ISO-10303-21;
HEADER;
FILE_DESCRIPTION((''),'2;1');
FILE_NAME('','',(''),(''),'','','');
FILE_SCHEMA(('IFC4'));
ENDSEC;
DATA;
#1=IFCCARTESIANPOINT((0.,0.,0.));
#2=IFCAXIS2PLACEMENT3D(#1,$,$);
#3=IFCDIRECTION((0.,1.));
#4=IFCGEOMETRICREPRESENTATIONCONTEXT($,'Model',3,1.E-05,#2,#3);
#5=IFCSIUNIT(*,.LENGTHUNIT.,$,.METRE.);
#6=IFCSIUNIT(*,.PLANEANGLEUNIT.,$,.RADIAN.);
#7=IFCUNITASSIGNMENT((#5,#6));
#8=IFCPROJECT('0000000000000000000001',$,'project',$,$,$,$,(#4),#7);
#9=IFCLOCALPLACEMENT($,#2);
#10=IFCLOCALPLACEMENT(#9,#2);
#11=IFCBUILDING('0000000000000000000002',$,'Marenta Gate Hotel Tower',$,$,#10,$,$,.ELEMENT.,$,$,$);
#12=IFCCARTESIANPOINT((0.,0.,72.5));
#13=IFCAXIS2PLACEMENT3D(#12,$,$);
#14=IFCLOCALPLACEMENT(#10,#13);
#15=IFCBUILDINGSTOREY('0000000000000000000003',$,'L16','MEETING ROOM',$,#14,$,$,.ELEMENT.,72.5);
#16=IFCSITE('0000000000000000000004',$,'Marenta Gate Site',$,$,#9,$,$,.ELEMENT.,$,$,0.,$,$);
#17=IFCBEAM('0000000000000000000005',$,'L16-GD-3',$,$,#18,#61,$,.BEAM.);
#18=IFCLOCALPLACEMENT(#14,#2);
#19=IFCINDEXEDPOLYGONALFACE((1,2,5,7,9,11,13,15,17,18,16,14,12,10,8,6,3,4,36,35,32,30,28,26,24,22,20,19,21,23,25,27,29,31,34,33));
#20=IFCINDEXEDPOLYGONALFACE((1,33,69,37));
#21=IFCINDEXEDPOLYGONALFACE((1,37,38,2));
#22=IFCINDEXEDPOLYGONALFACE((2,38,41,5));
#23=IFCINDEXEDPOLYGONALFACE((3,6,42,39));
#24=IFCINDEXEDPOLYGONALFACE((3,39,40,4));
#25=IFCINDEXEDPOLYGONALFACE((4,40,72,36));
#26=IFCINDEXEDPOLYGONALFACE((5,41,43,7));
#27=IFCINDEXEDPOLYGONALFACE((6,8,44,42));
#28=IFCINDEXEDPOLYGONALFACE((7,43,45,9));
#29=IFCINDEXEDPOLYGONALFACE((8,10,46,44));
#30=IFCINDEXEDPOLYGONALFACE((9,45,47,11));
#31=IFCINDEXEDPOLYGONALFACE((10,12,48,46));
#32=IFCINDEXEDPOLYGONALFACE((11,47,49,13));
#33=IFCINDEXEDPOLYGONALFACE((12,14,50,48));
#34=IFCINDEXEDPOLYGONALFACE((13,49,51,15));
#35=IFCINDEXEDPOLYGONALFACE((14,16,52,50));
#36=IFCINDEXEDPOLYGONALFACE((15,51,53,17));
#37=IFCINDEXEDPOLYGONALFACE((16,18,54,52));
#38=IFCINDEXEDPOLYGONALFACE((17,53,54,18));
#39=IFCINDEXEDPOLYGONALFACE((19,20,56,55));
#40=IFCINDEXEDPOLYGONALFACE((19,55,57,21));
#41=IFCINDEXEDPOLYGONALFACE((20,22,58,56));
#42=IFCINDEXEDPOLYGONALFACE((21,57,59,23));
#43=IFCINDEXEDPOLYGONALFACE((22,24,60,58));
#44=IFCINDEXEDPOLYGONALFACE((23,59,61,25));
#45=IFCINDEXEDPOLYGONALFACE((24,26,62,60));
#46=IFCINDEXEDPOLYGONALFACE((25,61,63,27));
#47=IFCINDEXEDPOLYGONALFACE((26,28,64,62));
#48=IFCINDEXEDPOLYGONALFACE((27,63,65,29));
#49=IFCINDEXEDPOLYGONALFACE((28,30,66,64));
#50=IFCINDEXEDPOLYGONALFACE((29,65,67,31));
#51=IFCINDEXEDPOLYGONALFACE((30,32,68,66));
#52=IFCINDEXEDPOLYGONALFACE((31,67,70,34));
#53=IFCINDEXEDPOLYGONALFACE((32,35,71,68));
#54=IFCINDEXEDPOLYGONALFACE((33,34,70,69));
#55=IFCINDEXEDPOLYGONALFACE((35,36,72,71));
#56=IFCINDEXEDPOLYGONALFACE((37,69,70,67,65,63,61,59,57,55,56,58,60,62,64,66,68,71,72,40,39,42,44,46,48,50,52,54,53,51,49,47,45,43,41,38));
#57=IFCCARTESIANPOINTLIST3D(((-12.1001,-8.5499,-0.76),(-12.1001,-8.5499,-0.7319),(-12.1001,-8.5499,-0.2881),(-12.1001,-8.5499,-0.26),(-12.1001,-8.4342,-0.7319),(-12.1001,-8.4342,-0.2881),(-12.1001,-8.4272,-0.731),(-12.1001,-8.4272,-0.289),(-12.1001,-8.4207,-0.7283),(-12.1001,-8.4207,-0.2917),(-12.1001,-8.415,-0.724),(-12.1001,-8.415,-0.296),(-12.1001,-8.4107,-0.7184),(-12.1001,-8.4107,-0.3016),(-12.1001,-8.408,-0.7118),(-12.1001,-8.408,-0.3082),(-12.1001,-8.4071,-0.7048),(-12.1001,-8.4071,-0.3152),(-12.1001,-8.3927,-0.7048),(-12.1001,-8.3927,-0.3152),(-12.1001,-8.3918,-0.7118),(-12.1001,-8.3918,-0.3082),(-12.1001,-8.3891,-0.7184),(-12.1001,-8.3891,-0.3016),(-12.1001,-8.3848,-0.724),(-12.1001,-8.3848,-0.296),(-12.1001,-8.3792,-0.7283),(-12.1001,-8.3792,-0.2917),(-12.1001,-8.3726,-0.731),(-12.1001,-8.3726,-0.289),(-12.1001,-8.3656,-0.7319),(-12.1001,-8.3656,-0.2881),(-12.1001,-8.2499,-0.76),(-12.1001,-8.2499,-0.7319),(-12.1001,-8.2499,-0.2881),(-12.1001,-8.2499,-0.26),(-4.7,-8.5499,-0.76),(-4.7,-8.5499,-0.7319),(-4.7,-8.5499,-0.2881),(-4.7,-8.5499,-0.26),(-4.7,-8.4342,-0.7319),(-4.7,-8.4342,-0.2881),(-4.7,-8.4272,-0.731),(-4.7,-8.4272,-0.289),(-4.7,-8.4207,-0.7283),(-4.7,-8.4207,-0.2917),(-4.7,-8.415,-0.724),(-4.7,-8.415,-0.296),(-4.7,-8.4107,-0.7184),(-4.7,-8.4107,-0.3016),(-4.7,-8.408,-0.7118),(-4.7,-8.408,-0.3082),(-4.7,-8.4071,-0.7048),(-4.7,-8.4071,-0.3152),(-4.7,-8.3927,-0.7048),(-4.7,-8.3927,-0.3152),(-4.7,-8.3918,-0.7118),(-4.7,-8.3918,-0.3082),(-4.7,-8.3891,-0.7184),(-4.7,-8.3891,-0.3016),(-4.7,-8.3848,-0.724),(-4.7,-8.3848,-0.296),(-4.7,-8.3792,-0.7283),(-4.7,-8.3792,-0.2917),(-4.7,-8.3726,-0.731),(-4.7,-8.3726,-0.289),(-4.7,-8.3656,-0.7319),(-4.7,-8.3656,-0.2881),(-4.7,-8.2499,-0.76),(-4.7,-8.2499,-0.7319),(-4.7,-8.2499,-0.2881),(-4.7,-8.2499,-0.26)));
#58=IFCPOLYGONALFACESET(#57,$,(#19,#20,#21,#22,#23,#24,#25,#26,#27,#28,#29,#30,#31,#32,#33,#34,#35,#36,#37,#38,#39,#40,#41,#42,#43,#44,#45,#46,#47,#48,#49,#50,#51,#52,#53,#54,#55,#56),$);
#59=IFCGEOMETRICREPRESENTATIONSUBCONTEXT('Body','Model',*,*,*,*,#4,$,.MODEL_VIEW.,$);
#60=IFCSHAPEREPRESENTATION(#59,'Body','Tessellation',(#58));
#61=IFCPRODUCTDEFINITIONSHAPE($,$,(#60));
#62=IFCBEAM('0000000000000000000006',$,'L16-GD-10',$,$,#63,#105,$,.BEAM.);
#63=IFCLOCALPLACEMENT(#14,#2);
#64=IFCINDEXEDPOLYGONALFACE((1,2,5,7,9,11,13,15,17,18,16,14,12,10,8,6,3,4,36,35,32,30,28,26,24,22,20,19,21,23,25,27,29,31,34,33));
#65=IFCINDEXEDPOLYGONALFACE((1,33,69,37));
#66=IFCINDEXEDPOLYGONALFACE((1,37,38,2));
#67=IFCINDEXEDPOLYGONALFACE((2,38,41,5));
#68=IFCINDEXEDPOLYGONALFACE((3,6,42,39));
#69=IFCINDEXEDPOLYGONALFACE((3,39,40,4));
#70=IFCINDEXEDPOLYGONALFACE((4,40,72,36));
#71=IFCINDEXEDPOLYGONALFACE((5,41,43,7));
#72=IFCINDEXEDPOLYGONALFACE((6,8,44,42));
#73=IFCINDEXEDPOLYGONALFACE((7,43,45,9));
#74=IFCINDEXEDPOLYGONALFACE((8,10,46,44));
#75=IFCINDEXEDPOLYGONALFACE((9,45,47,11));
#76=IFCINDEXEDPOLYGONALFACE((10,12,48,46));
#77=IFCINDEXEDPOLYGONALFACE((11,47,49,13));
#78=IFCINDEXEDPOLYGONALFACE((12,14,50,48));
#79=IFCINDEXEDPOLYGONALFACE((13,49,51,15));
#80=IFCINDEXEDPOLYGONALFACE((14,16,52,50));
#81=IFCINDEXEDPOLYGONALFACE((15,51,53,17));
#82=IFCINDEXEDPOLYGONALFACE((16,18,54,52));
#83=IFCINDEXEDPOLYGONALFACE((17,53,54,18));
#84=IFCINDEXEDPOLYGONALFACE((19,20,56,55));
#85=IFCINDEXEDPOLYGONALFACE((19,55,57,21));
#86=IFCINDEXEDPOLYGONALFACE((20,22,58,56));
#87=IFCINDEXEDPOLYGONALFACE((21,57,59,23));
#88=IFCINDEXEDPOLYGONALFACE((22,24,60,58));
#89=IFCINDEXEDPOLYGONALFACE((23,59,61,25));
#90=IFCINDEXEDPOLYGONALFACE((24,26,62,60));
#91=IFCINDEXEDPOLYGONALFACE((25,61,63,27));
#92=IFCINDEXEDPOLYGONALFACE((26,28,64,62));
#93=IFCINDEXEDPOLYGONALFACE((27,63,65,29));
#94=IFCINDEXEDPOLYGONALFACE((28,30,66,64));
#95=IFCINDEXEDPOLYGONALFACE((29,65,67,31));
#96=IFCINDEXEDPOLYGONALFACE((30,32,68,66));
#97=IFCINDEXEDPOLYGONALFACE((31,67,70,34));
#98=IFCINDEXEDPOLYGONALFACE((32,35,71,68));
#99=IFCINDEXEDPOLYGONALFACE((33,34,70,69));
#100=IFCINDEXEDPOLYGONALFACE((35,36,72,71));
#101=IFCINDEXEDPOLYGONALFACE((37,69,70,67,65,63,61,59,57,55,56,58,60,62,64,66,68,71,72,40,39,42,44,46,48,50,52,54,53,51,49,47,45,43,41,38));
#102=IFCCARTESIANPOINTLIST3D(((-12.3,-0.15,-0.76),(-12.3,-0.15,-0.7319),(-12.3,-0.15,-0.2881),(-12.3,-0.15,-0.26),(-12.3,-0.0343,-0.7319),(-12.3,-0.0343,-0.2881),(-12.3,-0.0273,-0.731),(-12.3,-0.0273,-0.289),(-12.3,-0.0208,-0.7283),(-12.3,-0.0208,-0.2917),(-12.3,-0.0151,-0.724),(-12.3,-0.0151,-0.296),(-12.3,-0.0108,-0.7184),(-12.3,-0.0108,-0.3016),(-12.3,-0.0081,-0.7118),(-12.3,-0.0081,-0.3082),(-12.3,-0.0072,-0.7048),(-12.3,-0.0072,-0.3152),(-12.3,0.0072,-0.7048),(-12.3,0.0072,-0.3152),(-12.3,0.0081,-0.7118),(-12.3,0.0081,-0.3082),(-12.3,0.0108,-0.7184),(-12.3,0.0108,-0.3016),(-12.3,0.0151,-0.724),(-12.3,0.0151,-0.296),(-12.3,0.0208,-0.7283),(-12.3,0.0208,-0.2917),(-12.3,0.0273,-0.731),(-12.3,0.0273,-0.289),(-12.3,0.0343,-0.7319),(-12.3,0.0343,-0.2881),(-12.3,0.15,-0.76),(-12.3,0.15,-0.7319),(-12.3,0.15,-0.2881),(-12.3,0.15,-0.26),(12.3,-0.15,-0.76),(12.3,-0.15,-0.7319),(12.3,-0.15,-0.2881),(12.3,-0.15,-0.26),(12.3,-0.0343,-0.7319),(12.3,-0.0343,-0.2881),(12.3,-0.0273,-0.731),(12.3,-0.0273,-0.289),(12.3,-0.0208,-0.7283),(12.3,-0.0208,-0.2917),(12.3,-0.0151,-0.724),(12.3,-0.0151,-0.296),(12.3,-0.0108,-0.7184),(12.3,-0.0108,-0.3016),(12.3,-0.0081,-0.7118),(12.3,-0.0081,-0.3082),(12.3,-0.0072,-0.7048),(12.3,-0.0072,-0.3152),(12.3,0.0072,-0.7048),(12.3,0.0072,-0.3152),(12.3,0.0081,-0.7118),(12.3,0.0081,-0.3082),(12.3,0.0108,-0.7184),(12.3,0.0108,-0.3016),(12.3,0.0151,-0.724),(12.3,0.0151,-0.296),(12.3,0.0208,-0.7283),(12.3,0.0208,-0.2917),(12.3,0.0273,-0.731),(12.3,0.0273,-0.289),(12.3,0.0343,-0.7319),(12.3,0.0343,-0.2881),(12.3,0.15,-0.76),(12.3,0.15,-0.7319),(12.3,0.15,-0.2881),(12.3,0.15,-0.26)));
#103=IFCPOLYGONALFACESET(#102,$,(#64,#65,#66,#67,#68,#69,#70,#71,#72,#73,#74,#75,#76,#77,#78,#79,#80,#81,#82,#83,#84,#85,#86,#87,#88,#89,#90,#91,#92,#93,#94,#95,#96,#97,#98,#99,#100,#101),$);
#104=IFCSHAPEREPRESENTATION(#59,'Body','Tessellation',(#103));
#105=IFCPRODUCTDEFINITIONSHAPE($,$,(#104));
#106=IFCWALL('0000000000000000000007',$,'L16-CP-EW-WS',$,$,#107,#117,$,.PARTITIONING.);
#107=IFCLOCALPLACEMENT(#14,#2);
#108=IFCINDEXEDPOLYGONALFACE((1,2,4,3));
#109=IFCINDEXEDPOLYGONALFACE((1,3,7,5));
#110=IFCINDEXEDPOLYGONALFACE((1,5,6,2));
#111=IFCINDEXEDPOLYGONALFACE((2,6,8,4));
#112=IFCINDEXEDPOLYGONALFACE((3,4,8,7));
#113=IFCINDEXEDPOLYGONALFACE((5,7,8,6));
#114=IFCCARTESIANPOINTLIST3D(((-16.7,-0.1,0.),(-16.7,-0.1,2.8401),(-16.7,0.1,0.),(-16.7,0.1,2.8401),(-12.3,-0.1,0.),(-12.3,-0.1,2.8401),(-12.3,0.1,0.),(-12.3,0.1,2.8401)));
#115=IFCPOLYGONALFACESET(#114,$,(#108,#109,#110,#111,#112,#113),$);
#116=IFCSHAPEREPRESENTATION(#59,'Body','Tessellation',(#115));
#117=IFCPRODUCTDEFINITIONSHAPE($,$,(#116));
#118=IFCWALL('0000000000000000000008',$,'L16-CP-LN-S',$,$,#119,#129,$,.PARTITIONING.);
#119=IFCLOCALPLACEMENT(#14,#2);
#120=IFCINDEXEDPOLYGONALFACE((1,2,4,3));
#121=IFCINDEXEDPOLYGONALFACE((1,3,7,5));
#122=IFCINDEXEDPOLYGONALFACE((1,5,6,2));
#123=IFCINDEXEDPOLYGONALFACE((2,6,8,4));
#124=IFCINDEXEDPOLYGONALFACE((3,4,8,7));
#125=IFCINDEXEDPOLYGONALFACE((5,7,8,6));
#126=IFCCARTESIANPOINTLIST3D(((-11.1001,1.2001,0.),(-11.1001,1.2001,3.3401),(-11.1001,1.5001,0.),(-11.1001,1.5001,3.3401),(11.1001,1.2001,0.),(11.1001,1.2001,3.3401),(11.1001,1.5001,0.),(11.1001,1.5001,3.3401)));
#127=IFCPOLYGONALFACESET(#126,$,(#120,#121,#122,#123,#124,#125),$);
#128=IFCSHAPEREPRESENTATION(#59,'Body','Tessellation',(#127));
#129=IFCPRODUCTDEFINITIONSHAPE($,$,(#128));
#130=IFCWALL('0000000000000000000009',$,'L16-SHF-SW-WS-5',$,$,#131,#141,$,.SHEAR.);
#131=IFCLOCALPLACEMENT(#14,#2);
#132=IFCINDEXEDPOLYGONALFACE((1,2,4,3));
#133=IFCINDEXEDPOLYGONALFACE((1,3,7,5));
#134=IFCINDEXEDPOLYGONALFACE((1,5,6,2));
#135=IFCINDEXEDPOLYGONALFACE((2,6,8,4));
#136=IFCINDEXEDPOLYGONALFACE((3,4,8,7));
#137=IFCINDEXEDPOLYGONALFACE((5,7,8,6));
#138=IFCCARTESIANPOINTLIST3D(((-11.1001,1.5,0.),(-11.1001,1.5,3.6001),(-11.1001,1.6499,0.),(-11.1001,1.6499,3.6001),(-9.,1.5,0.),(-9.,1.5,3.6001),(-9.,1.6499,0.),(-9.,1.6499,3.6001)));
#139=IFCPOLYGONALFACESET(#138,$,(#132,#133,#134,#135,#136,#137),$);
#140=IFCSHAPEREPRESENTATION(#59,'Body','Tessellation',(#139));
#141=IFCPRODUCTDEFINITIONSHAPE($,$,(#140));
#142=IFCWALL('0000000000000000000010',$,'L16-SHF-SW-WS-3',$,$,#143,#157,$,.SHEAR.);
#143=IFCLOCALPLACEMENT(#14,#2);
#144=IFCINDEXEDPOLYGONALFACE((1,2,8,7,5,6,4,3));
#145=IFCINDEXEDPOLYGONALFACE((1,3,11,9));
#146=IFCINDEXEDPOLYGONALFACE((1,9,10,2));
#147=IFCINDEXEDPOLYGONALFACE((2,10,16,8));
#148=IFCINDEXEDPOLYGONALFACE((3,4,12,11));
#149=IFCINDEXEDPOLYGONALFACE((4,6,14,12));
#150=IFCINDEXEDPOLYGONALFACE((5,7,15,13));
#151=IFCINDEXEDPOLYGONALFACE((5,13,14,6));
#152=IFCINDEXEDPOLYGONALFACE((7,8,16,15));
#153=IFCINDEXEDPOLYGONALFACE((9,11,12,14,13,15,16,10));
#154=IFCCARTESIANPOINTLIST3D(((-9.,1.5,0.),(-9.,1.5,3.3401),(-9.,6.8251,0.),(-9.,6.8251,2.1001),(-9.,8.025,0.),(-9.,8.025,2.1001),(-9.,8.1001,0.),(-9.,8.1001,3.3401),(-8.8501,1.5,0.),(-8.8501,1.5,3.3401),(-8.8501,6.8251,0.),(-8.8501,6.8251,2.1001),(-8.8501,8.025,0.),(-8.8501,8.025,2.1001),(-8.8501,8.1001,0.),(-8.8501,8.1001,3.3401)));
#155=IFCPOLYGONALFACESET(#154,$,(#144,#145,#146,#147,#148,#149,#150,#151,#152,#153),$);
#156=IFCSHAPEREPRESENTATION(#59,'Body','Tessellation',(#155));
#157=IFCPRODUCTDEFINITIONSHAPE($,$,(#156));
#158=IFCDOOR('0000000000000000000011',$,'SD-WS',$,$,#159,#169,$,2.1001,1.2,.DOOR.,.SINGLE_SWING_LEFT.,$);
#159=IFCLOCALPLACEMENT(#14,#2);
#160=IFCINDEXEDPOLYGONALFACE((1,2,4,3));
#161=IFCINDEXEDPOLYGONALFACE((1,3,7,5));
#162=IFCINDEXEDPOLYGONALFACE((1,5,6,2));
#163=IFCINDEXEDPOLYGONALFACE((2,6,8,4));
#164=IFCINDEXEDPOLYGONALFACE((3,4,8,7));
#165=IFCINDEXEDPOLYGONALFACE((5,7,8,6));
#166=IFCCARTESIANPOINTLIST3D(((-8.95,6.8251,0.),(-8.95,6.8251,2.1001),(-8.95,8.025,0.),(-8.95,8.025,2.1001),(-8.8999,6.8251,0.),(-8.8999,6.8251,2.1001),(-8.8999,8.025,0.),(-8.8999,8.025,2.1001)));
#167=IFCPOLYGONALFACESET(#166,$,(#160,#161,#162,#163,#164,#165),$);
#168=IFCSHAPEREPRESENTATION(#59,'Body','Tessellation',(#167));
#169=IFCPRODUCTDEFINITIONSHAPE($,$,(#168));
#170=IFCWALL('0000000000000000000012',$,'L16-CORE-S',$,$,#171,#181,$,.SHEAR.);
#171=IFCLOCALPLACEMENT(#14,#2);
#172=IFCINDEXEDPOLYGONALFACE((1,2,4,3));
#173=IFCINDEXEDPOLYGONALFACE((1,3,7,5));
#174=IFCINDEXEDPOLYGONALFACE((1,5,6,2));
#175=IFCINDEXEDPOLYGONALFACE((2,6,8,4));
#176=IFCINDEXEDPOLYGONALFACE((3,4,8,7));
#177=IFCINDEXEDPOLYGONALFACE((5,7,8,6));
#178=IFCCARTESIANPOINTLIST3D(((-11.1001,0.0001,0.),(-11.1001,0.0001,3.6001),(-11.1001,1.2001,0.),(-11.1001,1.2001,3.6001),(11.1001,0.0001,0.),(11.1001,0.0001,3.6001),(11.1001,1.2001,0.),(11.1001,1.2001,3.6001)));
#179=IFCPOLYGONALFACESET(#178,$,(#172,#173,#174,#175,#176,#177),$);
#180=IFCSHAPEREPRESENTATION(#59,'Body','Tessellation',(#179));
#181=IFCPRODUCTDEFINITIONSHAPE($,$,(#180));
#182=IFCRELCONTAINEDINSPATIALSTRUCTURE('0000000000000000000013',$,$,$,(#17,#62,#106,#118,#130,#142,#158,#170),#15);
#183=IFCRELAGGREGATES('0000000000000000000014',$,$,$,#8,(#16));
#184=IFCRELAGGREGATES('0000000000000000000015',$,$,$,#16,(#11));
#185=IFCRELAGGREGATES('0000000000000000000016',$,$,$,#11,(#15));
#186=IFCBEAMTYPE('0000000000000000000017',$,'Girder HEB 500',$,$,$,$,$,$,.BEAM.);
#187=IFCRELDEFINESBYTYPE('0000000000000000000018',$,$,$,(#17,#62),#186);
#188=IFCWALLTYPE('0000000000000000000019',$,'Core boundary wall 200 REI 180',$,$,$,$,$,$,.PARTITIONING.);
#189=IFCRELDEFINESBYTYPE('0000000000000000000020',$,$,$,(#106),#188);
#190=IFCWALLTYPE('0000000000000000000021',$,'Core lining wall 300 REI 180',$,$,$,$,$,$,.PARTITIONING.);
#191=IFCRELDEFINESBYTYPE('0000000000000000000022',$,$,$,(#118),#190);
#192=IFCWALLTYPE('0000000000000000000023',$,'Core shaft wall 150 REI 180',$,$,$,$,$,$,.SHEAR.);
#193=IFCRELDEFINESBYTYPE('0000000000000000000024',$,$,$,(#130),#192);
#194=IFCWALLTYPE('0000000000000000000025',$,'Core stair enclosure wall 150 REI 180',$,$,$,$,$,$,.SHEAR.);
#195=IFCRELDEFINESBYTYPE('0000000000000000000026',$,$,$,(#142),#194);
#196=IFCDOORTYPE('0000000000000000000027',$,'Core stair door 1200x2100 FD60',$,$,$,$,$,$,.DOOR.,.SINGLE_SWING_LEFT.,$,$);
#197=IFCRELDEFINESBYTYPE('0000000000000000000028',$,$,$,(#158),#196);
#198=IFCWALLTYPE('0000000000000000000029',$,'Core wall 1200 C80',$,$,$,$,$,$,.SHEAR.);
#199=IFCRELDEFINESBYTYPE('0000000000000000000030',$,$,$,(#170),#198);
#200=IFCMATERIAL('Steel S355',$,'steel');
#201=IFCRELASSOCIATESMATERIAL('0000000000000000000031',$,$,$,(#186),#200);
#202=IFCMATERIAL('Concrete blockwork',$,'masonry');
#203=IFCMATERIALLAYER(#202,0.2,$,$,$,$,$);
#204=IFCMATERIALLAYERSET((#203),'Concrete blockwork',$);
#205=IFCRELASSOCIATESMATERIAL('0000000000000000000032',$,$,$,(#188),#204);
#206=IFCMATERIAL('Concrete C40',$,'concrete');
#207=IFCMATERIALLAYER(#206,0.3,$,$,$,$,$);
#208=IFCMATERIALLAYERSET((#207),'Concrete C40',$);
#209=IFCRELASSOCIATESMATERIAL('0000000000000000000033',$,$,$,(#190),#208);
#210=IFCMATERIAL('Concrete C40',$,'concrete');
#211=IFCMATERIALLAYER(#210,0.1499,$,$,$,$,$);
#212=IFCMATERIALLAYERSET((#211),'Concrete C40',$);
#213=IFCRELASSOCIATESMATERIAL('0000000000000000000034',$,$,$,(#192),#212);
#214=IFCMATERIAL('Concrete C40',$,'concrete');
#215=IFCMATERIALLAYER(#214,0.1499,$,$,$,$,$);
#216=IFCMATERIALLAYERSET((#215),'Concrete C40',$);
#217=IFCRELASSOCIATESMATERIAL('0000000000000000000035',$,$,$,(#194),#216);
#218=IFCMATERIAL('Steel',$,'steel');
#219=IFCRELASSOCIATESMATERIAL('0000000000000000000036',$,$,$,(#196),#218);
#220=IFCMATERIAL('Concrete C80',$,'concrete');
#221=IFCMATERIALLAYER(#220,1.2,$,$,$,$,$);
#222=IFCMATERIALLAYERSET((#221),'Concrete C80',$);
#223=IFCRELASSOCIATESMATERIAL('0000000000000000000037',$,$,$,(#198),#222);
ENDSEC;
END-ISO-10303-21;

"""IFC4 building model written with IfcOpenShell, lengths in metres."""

from ifc_helpers import new_model, si_unit, direction, frame, frame_2d, origin, origin_2d, place, context, subcontext, project, spatial, rectangle, i_section, extrude, material, layer, layer_set, material_profile, profile_set, type_object, element, fill, save


model = new_model("IFC4")

# Units and contexts
model_context = context("Model", 3, precision=1e-05, world=origin(), true_north=direction((0.0, 1.0)))
body_context = subcontext(model_context, "Body", "Model", "MODEL_VIEW")
ifc_project = project(units=[si_unit("LENGTHUNIT", "METRE"), si_unit("PLANEANGLEUNIT", "RADIAN")], contexts=[model_context])

# Site, building, storey
site_placement = place(None, origin())
site = spatial("IfcSite", under=ifc_project, at=site_placement, Name="Marenta Gate Site", CompositionType="ELEMENT", RefElevation=0.0)
building_placement = place(site_placement, origin())
building = spatial("IfcBuilding", under=site, at=building_placement, Name="Marenta Gate Hotel Tower", CompositionType="ELEMENT")
storey_placement = place(building_placement, frame((0.0, 0.0, 72.5)))
storey = spatial("IfcBuildingStorey", under=building, at=storey_placement, Name="L16", Description="MEETING ROOM", CompositionType="ELEMENT", Elevation=72.5)

# Beams
ifc_material_1 = material(Name="Steel S355", Category="steel")
ifc_material_profile = material_profile(ifc_material_1, i_section(OverallWidth=0.3, OverallDepth=0.5, WebThickness=0.0144, FlangeThickness=0.0281, FilletRadius=0.0271, at=origin_2d()), Name="HEB 500")
ifc_profile_set = profile_set([ifc_material_profile], Name="Steel S355")
beam_type = type_object("IfcBeamType", Name="Girder HEB 500", PredefinedType="BEAM", material=ifc_profile_set)
beam_1_placement = place(storey_placement, frame((-12.1001, -8.3999, -0.51), z_axis=(1.0, 0.0, 0.0), x_axis=(0.0, 1.0, 0.0)))
element("IfcBeam", 1, at=beam_1_placement, inside=storey, type_object=beam_type, Name="L16-GD-3", PredefinedType="BEAM", context=body_context, shape_type="SweptSolid", body=[
    extrude(i_section(OverallWidth=0.3, OverallDepth=0.5, WebThickness=0.0144, FlangeThickness=0.0281, FilletRadius=0.0271, at=origin_2d()), origin(), (0.0, 0.0, 1.0), 7.4001),
])
beam_2_placement = place(storey_placement, frame((-12.3, 0.0, -0.51), z_axis=(1.0, 0.0, 0.0), x_axis=(0.0, 1.0, 0.0)))
element("IfcBeam", 2, at=beam_2_placement, inside=storey, type_object=beam_type, Name="L16-GD-10", PredefinedType="BEAM", context=body_context, shape_type="SweptSolid", body=[
    extrude(i_section(OverallWidth=0.3, OverallDepth=0.5, WebThickness=0.0144, FlangeThickness=0.0281, FilletRadius=0.0271, at=origin_2d()), origin(), (0.0, 0.0, 1.0), 24.6001),
])

# Walls
ifc_material_2 = material(Name="Concrete blockwork", Category="masonry")
ifc_layer_1 = layer(ifc_material_2, 0.2)
ifc_layer_set_1 = layer_set([ifc_layer_1], Name="Concrete blockwork")
wall_type_1 = type_object("IfcWallType", Name="Core boundary wall 200 REI 180", PredefinedType="PARTITIONING", material=ifc_layer_set_1)
wall_1_placement = place(storey_placement, frame((-16.7, 0.0, 0.0), z_axis=(0.0, 0.0, 1.0), x_axis=(1.0, 0.0, 0.0)))
element("IfcWall", 3, at=wall_1_placement, inside=storey, type_object=wall_type_1, Name="L16-CP-EW-WS", PredefinedType="PARTITIONING", context=body_context, shape_type="SweptSolid", body=[
    extrude(rectangle(XDim=4.3999, YDim=0.2, at=frame_2d((2.2, 0.0))), origin(), (0.0, 0.0, 1.0), 2.8401),
])
ifc_material_3 = material(Name="Concrete C40", Category="concrete")
ifc_layer_2 = layer(ifc_material_3, 0.3)
ifc_layer_set_2 = layer_set([ifc_layer_2], Name="Concrete C40")
wall_type_2 = type_object("IfcWallType", Name="Core lining wall 300 REI 180", PredefinedType="PARTITIONING", material=ifc_layer_set_2)
wall_2_placement = place(storey_placement, frame((-11.1001, 1.3501, 0.0), z_axis=(0.0, 0.0, 1.0), x_axis=(1.0, 0.0, 0.0)))
element("IfcWall", 4, at=wall_2_placement, inside=storey, type_object=wall_type_2, Name="L16-CP-LN-S", PredefinedType="PARTITIONING", context=body_context, shape_type="SweptSolid", body=[
    extrude(rectangle(XDim=22.2002, YDim=0.3, at=frame_2d((11.1001, 0.0))), origin(), (0.0, 0.0, 1.0), 3.3401),
])
ifc_material_4 = material(Name="Concrete C40", Category="concrete")
ifc_layer_3 = layer(ifc_material_4, 0.1499)
ifc_layer_set_3 = layer_set([ifc_layer_3], Name="Concrete C40")
wall_type_3 = type_object("IfcWallType", Name="Core shaft wall 150 REI 180", PredefinedType="SHEAR", material=ifc_layer_set_3)
wall_3_placement = place(storey_placement, frame((-11.1001, 1.575, 0.0), z_axis=(0.0, 0.0, 1.0), x_axis=(1.0, 0.0, 0.0)))
element("IfcWall", 5, at=wall_3_placement, inside=storey, type_object=wall_type_3, Name="L16-SHF-SW-WS-5", PredefinedType="SHEAR", context=body_context, shape_type="SweptSolid", body=[
    extrude(rectangle(XDim=2.1001, YDim=0.1499, at=frame_2d((1.05, 0.0))), origin(), (0.0, 0.0, 1.0), 3.6001),
])

# Wall, opening, door
ifc_material_5 = material(Name="Concrete C40", Category="concrete")
ifc_layer_4 = layer(ifc_material_5, 0.1499)
ifc_layer_set_4 = layer_set([ifc_layer_4], Name="Concrete C40")
wall_type_4 = type_object("IfcWallType", Name="Core stair enclosure wall 150 REI 180", PredefinedType="SHEAR", material=ifc_layer_set_4)
wall_4_placement = place(storey_placement, frame((-8.925, 1.5, 0.0), z_axis=(0.0, 0.0, 1.0), x_axis=(0.0, 1.0, 0.0)))
wall_4 = element("IfcWall", 6, at=wall_4_placement, inside=storey, type_object=wall_type_4, Name="L16-SHF-SW-WS-3", PredefinedType="SHEAR", context=body_context, shape_type="SweptSolid", body=[
    extrude(rectangle(XDim=6.6001, YDim=0.1499, at=frame_2d((3.3, 0.0))), origin(), (0.0, 0.0, 1.0), 3.3401),
])
opening_1_placement = place(wall_4_placement, frame((5.325, 0.0, 0.0)))
opening_1 = element("IfcOpeningElement", 7, at=opening_1_placement, cuts=wall_4, PredefinedType="OPENING", context=body_context, shape_type="SweptSolid", body=[
    extrude(rectangle(XDim=1.2, YDim=2.1001, at=frame_2d((0.6001, 1.05))), frame((0.0, 0.075, 0.0), z_axis=(0.0, -1.0, 0.0), x_axis=(1.0, 0.0, 0.0)), (0.0, 0.0, 1.0), 0.1499),
])
ifc_material_6 = material(Name="Steel", Category="steel")
door_type_1 = type_object("IfcDoorType", Name="Core stair door 1200x2100 FD60", OperationType="SINGLE_SWING_LEFT", PredefinedType="DOOR", material=ifc_material_6)
door_1_placement = place(opening_1_placement, origin())
door_1 = element("IfcDoor", 8, at=door_1_placement, inside=storey, type_object=door_type_1, Name="SD-WS", OperationType="SINGLE_SWING_LEFT", OverallHeight=2.1001, OverallWidth=1.2, PredefinedType="DOOR", context=body_context, shape_type="SweptSolid", body=[
    extrude(rectangle(XDim=1.2, YDim=2.1001, at=frame_2d((0.6001, 1.05))), frame((0.0, 0.0249, 0.0), z_axis=(0.0, -1.0, 0.0), x_axis=(1.0, 0.0, 0.0)), (0.0, 0.0, 1.0), 0.05),
])
fill(opening_1, door_1)

# Shared definitions
ifc_material_7 = material(Name="Concrete C80", Category="concrete")
ifc_layer_5 = layer(ifc_material_7, 1.2)
ifc_layer_set_5 = layer_set([ifc_layer_5], Name="Concrete C80")
wall_type_5 = type_object("IfcWallType", Name="Core wall 1200 C80", PredefinedType="SHEAR", material=ifc_layer_set_5)

# Wall
wall_5_placement = place(storey_placement, frame((-11.1001, 0.6001, 0.0), z_axis=(0.0, 0.0, 1.0), x_axis=(1.0, 0.0, 0.0)))
element("IfcWall", 9, at=wall_5_placement, inside=storey, type_object=wall_type_5, Name="L16-CORE-S", PredefinedType="SHEAR", context=body_context, shape_type="SweptSolid", body=[
    extrude(rectangle(XDim=22.2002, YDim=1.2, at=frame_2d((11.1001, 0.0))), origin(), (0.0, 0.0, 1.0), 3.6001),
])

save(model, "model.ifc")
